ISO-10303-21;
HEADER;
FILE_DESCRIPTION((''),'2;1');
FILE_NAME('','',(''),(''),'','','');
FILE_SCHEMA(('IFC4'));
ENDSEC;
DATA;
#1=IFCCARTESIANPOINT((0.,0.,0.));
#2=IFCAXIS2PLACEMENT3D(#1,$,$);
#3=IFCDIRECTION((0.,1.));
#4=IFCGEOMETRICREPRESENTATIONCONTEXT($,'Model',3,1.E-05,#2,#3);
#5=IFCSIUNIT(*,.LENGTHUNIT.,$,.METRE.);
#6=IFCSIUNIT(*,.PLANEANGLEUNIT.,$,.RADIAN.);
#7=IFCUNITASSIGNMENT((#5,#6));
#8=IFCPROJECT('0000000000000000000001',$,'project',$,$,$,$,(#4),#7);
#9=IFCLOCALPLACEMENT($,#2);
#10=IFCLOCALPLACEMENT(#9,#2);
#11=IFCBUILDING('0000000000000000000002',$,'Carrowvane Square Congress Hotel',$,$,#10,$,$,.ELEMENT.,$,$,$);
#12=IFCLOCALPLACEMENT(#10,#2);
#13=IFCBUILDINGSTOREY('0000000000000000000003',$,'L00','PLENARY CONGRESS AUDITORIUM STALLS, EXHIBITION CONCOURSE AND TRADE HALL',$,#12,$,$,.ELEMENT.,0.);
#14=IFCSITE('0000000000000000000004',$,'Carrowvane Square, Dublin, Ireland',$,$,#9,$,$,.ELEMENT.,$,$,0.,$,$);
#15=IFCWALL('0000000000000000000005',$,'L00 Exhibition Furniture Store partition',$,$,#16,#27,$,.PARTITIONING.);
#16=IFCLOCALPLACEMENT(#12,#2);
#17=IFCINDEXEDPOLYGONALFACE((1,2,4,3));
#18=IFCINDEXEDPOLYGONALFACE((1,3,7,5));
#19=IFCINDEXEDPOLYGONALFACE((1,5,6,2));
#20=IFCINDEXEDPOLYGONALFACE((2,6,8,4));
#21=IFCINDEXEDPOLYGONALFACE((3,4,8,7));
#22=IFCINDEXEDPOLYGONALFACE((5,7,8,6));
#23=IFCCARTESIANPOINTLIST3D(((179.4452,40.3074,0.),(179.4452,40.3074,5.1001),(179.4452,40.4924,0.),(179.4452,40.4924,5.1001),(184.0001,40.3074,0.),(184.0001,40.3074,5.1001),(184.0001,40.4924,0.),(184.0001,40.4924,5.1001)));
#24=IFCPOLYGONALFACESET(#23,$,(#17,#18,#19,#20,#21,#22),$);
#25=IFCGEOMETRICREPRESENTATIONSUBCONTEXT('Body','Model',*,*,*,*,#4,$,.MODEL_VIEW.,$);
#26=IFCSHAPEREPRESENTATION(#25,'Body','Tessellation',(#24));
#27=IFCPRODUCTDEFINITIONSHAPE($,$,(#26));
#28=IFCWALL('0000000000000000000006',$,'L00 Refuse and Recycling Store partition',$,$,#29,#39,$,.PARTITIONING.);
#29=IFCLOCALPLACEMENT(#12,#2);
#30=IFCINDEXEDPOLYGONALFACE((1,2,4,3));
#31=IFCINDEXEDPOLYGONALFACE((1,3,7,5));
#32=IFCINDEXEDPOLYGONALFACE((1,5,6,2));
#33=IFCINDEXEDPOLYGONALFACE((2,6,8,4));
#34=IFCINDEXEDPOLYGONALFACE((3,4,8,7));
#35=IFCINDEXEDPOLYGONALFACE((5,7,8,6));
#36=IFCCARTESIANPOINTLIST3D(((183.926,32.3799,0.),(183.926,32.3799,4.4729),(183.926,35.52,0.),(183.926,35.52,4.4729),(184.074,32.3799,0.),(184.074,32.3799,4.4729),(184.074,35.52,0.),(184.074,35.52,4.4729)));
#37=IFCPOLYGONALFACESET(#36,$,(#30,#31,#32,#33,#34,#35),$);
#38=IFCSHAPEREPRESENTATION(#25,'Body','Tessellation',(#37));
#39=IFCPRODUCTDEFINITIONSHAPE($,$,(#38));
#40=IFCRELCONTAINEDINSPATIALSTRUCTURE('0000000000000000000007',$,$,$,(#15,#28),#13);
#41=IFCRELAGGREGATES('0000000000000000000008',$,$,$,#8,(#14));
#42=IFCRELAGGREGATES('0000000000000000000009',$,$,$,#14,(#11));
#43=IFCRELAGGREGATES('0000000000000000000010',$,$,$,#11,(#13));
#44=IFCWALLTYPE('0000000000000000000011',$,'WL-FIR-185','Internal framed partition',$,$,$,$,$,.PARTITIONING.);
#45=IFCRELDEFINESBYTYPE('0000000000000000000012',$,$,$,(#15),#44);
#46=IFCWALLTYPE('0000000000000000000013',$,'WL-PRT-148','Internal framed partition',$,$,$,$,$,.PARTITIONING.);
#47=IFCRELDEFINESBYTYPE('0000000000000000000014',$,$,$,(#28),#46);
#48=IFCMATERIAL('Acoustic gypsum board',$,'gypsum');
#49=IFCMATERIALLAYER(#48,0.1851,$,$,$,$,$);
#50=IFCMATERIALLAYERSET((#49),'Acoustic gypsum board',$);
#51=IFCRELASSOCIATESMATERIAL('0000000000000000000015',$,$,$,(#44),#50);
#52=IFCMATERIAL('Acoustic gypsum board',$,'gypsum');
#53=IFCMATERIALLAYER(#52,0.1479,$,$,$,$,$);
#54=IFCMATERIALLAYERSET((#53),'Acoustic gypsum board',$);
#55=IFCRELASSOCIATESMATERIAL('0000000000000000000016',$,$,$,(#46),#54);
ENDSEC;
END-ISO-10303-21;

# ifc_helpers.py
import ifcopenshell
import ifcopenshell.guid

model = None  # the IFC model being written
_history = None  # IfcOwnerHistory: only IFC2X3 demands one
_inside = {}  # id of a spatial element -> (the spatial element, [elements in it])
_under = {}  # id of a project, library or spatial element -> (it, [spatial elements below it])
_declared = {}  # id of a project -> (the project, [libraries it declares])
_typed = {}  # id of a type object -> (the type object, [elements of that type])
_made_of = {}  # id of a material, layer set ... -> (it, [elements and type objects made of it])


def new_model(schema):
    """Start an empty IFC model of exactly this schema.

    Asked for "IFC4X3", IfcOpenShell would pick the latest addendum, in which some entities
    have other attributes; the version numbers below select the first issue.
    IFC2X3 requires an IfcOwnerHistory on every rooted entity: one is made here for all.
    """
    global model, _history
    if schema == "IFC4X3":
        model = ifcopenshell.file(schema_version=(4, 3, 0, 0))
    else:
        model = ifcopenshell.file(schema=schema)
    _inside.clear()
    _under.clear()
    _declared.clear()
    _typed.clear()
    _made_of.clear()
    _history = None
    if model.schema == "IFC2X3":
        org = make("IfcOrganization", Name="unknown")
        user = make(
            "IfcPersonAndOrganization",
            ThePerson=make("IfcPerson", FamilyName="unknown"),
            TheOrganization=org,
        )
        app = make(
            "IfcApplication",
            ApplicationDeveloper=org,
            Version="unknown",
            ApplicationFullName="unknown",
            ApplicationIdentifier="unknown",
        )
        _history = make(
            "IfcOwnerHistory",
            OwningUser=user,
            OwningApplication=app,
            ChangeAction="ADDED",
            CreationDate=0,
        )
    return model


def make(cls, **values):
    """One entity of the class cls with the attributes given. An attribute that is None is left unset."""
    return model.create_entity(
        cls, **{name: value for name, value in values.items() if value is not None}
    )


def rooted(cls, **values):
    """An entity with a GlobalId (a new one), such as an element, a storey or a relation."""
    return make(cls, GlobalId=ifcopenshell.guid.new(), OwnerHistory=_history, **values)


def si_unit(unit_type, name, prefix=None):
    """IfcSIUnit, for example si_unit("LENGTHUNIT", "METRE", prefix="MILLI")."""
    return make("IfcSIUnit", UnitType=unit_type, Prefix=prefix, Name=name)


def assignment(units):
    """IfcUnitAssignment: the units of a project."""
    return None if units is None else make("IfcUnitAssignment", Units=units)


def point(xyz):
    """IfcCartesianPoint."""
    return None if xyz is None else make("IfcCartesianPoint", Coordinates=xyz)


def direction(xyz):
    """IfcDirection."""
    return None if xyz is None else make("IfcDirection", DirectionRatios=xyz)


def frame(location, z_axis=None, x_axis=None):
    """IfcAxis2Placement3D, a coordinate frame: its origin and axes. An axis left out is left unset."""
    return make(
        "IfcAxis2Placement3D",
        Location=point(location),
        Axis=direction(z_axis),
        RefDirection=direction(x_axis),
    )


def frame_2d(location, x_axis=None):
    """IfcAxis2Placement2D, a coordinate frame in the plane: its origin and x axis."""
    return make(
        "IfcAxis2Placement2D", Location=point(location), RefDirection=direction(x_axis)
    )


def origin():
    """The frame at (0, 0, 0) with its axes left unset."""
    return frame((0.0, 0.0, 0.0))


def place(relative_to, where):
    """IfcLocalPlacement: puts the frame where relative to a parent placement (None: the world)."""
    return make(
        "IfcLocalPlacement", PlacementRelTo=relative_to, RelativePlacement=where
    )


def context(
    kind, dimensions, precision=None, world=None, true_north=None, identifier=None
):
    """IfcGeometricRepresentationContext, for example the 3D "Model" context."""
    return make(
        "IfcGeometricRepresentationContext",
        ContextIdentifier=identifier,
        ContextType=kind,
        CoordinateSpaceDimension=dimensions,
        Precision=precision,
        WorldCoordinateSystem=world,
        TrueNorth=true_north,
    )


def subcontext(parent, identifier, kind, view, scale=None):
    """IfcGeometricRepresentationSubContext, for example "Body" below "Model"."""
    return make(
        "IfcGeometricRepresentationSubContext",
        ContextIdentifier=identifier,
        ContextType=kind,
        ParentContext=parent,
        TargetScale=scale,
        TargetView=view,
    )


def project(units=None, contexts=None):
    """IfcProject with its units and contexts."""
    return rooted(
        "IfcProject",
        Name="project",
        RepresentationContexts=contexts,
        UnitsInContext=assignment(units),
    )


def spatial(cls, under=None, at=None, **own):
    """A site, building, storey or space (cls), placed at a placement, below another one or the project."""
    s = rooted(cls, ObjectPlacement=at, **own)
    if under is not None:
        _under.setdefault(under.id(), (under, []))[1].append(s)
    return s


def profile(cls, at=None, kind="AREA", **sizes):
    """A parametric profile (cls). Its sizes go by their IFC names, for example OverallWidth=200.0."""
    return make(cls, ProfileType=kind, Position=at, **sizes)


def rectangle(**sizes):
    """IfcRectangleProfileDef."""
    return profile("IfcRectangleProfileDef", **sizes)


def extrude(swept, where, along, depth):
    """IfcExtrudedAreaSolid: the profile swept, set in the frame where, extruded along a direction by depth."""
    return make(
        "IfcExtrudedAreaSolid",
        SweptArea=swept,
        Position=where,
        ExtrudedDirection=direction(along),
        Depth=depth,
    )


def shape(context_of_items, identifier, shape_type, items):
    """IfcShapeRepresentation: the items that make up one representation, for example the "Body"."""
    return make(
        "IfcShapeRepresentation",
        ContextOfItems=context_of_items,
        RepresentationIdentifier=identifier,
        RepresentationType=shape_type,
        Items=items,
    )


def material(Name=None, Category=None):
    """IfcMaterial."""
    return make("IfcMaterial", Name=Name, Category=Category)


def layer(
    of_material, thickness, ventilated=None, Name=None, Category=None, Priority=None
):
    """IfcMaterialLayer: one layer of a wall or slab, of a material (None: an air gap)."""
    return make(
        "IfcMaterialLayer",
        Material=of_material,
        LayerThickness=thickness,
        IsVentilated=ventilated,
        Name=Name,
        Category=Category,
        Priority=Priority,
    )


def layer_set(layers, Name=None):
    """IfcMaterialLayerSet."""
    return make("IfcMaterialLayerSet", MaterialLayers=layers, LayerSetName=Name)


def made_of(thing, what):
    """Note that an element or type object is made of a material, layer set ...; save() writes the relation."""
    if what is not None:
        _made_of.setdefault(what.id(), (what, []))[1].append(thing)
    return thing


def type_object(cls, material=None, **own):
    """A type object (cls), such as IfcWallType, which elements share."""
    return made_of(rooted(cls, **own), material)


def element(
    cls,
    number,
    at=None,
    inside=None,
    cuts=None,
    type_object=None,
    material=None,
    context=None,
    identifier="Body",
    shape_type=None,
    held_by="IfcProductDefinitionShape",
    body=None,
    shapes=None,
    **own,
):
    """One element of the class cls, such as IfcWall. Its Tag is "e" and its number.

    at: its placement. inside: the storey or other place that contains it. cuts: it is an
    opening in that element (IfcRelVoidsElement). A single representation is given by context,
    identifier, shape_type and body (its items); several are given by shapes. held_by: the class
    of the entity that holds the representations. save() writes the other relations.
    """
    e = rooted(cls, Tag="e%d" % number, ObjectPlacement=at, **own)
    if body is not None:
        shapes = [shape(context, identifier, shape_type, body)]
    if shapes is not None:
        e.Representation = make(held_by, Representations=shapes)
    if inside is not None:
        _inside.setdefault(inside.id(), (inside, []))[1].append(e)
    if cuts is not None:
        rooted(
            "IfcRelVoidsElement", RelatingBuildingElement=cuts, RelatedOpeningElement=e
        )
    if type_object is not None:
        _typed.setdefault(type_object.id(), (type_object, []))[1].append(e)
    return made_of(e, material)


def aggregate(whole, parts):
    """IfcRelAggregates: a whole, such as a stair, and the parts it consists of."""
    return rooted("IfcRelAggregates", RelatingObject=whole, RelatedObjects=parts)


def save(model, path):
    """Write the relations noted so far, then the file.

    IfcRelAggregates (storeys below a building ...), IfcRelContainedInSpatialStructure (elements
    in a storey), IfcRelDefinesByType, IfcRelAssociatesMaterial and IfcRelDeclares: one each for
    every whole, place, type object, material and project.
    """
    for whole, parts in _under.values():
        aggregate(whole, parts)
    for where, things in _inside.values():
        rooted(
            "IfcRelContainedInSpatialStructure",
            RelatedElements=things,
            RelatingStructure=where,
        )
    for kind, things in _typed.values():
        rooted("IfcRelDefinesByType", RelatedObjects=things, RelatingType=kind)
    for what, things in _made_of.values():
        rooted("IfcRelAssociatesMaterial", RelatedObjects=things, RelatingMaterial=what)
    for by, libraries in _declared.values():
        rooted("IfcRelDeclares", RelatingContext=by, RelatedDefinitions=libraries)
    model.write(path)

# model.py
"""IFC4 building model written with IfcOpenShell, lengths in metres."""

from ifc_helpers import new_model, si_unit, direction, frame, frame_2d, origin, place, context, subcontext, project, spatial, rectangle, extrude, material, layer, layer_set, type_object, element, save


model = new_model("IFC4")

# Units and contexts
model_context = context("Model", 3, precision=1e-05, world=origin(), true_north=direction((0.0, 1.0)))
body_context = subcontext(model_context, "Body", "Model", "MODEL_VIEW")
ifc_project = project(units=[si_unit("LENGTHUNIT", "METRE"), si_unit("PLANEANGLEUNIT", "RADIAN")], contexts=[model_context])

# Site, building, storey
site_placement = place(None, origin())
site = spatial("IfcSite", under=ifc_project, at=site_placement, Name="Carrowvane Square, Dublin, Ireland", CompositionType="ELEMENT", RefElevation=0.0)
building_placement = place(site_placement, origin())
building = spatial("IfcBuilding", under=site, at=building_placement, Name="Carrowvane Square Congress Hotel", CompositionType="ELEMENT")
storey_placement = place(building_placement, origin())
storey = spatial("IfcBuildingStorey", under=building, at=storey_placement, Name="L00", Description="PLENARY CONGRESS AUDITORIUM STALLS, EXHIBITION CONCOURSE AND TRADE HALL", CompositionType="ELEMENT", Elevation=0.0)

# Walls
ifc_material_1 = material(Name="Acoustic gypsum board", Category="gypsum")
ifc_layer_1 = layer(ifc_material_1, 0.1851)
ifc_layer_set_1 = layer_set([ifc_layer_1], Name="Acoustic gypsum board")
wall_type_1 = type_object("IfcWallType", Name="WL-FIR-185", Description="Internal framed partition", PredefinedType="PARTITIONING", material=ifc_layer_set_1)
wall_1_placement = place(storey_placement, frame((184.0, 40.3999, 0.0), z_axis=(0.0, 0.0, 1.0), x_axis=(-1.0, 0.0, 0.0)))
element("IfcWall", 1, at=wall_1_placement, inside=storey, type_object=wall_type_1, Name="L00 Exhibition Furniture Store partition", PredefinedType="PARTITIONING", context=body_context, shape_type="SweptSolid", body=[
    extrude(rectangle(XDim=4.5549, YDim=0.1851, at=frame_2d((2.2773, 0.0))), origin(), (0.0, 0.0, 1.0), 5.1001),
])
ifc_material_2 = material(Name="Acoustic gypsum board", Category="gypsum")
ifc_layer_2 = layer(ifc_material_2, 0.1479)
ifc_layer_set_2 = layer_set([ifc_layer_2], Name="Acoustic gypsum board")
wall_type_2 = type_object("IfcWallType", Name="WL-PRT-148", Description="Internal framed partition", PredefinedType="PARTITIONING", material=ifc_layer_set_2)
wall_2_placement = place(storey_placement, frame((184.0, 35.52, 0.0), z_axis=(0.0, 0.0, 1.0), x_axis=(0.0, -1.0, 0.0)))
element("IfcWall", 2, at=wall_2_placement, inside=storey, type_object=wall_type_2, Name="L00 Refuse and Recycling Store partition", PredefinedType="PARTITIONING", context=body_context, shape_type="SweptSolid", body=[
    extrude(rectangle(XDim=3.1401, YDim=0.1479, at=frame_2d((1.5701, 0.0))), origin(), (0.0, 0.0, 1.0), 4.4729),
])

save(model, "model.ifc")
